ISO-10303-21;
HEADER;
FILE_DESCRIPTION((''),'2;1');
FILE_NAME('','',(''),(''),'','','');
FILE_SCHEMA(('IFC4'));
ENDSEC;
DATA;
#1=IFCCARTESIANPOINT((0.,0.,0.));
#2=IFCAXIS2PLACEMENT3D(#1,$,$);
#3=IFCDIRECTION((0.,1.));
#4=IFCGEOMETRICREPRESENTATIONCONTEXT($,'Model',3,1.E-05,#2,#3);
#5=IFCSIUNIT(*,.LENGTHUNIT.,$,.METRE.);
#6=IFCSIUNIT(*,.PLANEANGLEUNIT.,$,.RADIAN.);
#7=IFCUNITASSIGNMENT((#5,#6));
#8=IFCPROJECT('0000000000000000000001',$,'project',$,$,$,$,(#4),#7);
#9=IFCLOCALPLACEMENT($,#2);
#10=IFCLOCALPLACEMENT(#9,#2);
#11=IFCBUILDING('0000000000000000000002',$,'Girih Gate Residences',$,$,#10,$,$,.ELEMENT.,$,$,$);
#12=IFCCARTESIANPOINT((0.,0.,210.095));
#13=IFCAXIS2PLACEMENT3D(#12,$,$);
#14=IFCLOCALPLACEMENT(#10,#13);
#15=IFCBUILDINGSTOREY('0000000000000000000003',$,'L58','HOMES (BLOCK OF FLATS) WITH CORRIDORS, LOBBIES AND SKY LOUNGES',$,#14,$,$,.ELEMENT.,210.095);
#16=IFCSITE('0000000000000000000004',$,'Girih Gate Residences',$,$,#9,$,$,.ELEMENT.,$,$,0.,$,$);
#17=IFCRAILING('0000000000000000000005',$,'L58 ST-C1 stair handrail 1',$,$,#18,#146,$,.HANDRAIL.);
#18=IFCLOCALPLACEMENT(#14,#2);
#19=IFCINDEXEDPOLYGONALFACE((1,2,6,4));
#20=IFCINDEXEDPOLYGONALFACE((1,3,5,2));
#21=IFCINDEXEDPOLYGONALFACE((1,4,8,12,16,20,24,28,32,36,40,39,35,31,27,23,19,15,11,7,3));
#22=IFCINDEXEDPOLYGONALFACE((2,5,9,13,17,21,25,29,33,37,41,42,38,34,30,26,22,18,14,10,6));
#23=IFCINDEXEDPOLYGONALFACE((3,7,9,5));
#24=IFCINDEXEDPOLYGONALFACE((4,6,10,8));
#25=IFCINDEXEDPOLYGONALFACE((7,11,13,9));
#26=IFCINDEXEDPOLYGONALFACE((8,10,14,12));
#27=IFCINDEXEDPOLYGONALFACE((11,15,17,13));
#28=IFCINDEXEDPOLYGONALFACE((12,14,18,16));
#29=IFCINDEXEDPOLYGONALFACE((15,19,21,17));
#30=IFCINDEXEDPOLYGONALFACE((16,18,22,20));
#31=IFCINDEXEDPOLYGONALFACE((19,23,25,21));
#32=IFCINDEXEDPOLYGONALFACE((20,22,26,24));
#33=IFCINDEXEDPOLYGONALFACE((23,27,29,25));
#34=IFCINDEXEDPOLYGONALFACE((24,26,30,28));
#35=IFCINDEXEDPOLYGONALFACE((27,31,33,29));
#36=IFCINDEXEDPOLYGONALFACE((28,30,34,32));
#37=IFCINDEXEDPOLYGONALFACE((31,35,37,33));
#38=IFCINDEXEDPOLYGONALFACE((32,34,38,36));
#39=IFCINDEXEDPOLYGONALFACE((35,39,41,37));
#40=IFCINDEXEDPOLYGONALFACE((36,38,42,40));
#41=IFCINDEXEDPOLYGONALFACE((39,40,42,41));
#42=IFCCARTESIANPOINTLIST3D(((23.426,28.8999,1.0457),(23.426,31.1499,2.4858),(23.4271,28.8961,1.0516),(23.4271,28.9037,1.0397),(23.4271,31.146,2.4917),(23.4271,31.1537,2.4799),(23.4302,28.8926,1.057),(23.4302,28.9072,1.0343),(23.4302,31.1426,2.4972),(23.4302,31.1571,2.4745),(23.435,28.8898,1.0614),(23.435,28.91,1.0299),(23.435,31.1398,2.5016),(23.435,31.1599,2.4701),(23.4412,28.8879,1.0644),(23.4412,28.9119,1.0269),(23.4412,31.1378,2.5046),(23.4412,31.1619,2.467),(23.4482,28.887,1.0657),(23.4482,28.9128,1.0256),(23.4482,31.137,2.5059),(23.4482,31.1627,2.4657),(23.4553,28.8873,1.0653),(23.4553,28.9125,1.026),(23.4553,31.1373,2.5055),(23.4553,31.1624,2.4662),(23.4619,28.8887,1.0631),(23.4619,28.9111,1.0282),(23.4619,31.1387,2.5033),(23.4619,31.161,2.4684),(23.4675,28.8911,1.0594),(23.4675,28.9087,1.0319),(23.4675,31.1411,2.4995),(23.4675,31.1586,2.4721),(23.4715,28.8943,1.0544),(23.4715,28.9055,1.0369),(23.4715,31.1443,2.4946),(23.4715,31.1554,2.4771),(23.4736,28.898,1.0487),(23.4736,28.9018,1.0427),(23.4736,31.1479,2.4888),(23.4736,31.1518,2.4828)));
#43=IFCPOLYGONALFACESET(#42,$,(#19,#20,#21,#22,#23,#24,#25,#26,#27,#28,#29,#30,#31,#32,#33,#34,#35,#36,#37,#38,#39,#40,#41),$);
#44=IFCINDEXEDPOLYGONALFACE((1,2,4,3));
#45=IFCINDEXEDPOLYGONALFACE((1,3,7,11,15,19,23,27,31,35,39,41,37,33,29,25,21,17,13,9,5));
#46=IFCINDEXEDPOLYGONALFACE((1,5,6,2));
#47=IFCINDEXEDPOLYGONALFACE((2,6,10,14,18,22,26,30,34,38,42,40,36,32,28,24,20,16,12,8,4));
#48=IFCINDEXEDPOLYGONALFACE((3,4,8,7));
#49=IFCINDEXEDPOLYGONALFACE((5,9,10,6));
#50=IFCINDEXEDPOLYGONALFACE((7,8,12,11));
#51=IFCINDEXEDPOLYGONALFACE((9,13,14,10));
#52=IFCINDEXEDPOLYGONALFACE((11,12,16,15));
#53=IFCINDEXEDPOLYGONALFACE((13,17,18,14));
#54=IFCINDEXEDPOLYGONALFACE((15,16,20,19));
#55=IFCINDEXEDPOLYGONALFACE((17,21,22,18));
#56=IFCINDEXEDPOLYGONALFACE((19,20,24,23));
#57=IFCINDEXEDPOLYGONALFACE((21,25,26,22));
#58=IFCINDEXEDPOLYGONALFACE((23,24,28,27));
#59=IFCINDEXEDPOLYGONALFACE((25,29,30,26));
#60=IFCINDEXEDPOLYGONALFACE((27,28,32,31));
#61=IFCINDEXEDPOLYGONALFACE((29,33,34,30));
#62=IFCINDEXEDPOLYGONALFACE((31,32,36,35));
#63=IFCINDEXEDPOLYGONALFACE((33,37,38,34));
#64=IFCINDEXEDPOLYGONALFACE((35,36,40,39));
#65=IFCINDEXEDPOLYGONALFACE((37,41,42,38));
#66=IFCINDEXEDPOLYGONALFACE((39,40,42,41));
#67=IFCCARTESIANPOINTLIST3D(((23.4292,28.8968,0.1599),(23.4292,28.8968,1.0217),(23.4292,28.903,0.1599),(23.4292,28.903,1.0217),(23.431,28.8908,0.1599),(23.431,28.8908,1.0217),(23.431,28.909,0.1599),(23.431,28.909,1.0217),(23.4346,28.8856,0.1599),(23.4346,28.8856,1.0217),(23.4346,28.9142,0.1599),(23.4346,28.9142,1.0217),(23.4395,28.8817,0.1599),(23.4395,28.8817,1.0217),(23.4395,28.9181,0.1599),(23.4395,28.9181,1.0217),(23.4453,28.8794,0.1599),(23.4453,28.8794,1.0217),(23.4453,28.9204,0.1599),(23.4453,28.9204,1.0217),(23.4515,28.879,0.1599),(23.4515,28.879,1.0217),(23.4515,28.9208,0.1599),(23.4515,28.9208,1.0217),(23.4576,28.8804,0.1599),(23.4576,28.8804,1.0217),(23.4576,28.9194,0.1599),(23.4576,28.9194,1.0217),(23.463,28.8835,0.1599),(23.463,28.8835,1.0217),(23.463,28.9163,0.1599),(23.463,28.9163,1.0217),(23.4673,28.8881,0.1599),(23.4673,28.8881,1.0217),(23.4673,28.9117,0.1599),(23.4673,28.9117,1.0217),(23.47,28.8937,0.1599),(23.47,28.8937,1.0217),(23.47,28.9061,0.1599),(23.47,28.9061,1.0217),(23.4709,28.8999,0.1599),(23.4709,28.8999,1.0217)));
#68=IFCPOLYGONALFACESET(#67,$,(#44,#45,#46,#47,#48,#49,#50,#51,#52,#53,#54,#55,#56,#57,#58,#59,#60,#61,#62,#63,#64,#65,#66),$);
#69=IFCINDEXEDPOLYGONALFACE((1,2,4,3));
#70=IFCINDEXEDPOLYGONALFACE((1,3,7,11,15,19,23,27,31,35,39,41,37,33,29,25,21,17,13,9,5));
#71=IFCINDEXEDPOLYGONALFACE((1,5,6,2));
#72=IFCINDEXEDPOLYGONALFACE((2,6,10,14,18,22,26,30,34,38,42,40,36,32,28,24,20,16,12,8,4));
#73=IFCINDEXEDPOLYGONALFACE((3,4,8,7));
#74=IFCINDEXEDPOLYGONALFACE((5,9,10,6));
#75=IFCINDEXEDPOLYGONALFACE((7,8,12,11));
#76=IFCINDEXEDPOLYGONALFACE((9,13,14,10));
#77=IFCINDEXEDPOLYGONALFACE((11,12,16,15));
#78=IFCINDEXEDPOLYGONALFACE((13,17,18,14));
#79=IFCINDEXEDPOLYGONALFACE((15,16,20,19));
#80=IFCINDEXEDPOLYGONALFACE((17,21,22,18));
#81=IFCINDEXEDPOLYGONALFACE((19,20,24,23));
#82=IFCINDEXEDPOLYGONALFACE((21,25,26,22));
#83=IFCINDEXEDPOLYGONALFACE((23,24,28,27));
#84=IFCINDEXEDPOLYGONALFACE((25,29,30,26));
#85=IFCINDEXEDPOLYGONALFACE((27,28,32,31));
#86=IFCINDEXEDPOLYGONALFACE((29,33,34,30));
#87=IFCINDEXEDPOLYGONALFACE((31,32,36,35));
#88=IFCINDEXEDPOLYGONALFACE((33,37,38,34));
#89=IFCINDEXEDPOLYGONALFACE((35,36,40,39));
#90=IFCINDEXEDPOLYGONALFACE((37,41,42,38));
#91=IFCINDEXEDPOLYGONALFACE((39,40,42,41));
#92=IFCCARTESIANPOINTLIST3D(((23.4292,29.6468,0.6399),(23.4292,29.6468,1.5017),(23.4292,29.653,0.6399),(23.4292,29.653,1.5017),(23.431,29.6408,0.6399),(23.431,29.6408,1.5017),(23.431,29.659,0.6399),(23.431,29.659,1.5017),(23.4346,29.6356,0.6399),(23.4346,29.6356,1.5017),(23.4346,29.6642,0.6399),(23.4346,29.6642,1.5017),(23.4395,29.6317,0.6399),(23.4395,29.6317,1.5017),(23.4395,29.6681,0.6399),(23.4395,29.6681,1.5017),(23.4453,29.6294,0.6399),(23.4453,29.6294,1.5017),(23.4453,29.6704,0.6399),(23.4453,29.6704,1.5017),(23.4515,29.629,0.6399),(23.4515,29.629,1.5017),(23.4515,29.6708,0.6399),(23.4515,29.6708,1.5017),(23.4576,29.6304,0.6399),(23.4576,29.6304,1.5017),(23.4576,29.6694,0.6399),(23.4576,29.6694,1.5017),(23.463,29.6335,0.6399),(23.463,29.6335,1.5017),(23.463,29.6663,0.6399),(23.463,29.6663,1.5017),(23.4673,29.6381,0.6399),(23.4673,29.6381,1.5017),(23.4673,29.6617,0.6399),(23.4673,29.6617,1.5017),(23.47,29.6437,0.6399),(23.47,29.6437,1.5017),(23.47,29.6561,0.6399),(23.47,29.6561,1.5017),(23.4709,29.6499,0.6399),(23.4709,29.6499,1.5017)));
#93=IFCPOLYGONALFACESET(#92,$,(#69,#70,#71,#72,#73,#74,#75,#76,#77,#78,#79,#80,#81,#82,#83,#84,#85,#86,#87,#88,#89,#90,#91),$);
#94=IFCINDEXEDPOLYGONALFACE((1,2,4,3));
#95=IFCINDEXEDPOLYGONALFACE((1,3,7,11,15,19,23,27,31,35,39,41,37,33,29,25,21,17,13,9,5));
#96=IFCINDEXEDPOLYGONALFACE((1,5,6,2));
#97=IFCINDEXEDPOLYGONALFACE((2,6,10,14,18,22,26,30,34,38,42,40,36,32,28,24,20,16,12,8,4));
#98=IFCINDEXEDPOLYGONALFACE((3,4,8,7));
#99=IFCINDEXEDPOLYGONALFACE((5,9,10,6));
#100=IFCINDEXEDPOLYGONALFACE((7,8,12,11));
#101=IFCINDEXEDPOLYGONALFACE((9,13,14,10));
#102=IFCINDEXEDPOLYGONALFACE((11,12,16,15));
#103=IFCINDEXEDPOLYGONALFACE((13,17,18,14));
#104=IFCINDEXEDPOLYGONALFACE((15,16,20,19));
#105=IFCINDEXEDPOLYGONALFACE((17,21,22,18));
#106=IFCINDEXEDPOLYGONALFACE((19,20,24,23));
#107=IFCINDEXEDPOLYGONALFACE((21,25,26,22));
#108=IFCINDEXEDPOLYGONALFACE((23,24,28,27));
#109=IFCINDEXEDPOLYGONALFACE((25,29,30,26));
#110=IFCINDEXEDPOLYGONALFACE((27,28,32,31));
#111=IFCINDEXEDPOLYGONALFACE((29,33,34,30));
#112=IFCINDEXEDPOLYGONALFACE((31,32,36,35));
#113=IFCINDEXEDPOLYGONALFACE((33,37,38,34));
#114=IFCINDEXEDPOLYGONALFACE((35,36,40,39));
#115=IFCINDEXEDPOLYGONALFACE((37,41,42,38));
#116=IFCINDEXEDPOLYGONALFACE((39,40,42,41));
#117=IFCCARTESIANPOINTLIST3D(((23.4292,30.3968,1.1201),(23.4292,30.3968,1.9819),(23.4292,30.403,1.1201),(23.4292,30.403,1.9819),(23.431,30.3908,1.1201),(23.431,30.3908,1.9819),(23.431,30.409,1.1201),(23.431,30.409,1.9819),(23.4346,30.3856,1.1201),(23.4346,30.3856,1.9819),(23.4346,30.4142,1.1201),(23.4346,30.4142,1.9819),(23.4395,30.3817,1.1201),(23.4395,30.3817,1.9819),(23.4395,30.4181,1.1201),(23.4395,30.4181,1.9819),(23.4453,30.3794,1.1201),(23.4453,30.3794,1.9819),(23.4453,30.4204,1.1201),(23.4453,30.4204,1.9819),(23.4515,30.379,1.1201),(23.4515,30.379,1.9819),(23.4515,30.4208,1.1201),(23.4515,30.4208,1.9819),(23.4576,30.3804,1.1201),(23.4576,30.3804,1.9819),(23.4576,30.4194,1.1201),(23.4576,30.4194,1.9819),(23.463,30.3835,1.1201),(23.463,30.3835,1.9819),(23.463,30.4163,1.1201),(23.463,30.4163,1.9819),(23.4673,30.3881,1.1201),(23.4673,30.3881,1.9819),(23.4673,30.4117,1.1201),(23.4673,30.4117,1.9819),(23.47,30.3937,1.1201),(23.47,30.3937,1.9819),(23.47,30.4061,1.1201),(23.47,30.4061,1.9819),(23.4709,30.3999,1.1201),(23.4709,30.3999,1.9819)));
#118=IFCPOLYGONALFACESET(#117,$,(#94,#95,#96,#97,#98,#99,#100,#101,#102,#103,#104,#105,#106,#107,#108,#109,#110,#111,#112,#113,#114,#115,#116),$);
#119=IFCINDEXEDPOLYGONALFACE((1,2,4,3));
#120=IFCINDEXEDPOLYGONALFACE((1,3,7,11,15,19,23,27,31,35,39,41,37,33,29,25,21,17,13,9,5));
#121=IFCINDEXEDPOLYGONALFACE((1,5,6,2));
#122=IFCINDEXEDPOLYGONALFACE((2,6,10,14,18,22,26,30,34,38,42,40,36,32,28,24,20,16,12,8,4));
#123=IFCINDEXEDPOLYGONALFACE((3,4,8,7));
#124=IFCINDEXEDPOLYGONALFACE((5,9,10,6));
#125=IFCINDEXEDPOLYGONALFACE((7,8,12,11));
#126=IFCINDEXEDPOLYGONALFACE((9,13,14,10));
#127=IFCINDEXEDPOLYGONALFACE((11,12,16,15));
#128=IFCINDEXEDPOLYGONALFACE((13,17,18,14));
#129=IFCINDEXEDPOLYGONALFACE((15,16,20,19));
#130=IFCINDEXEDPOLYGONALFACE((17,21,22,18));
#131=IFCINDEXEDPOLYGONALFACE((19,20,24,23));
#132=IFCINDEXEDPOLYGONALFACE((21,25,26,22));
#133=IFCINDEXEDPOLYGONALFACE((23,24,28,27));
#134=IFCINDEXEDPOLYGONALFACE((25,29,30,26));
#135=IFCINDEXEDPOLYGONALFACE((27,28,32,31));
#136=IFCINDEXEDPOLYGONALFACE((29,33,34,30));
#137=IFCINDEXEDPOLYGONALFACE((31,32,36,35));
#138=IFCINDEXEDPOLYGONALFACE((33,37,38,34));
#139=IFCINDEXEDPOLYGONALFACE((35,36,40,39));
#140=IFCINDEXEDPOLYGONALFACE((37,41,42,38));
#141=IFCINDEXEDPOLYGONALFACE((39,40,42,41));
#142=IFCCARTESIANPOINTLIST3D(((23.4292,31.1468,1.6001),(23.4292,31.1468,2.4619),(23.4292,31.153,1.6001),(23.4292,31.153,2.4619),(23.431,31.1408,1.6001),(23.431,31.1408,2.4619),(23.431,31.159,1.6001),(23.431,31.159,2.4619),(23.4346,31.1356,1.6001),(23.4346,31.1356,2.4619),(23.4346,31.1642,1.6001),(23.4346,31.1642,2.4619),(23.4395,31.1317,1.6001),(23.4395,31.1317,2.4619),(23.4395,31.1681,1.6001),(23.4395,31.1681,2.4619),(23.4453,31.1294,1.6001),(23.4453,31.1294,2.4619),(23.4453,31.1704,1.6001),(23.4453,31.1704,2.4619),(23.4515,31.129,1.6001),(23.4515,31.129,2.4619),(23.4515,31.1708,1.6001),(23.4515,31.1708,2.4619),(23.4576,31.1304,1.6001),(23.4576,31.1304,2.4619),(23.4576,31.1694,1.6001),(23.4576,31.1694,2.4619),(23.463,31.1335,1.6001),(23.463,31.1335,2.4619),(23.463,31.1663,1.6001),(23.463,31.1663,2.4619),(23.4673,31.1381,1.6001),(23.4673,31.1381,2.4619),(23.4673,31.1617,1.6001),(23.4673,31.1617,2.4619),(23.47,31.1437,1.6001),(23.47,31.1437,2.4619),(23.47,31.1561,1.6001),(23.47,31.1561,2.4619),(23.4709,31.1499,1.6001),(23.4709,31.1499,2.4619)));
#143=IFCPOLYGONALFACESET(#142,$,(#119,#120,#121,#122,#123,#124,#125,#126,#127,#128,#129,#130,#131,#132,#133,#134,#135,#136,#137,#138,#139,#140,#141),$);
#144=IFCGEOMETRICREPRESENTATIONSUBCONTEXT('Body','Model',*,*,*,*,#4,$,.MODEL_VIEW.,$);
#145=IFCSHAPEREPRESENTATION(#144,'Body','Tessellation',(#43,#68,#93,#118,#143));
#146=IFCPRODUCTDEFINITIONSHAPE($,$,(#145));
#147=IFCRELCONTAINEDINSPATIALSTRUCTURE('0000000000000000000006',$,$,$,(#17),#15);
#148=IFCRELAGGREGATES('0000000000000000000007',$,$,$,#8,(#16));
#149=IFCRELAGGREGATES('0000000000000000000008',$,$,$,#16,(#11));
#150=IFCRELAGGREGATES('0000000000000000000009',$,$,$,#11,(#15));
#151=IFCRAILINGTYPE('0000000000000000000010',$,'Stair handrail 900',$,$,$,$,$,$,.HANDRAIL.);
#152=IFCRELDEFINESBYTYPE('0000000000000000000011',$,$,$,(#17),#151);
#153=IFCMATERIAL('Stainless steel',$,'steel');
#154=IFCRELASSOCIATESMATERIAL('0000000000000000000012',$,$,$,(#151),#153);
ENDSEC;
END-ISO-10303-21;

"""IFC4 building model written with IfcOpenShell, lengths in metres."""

from ifc_helpers import new_model, si_unit, direction, frame, origin, origin_2d, place, context, subcontext, project, spatial, circle, extrude, material, type_object, element, save


model = new_model("IFC4")

# Units and contexts
model_context = context("Model", 3, precision=1e-05, world=origin(), true_north=direction((0.0, 1.0)))
body_context = subcontext(model_context, "Body", "Model", "MODEL_VIEW")
ifc_project = project(units=[si_unit("LENGTHUNIT", "METRE"), si_unit("PLANEANGLEUNIT", "RADIAN")], contexts=[model_context])

# Site, building, storey
site_placement = place(None, origin())
site = spatial("IfcSite", under=ifc_project, at=site_placement, Name="Girih Gate Residences", CompositionType="ELEMENT", RefElevation=0.0)
building_placement = place(site_placement, origin())
building = spatial("IfcBuilding", under=site, at=building_placement, Name="Girih Gate Residences", CompositionType="ELEMENT")
storey_placement = place(building_placement, frame((0.0, 0.0, 210.095)))
storey = spatial("IfcBuildingStorey", under=building, at=storey_placement, Name="L58", Description="HOMES (BLOCK OF FLATS) WITH CORRIDORS, LOBBIES AND SKY LOUNGES", CompositionType="ELEMENT", Elevation=210.095)

# Railing
ifc_material_1 = material(Name="Stainless steel", Category="steel")
railing_type_1 = type_object("IfcRailingType", Name="Stair handrail 900", PredefinedType="HANDRAIL", material=ifc_material_1)
railing_1_placement = place(storey_placement, frame((23.45, 28.8999, 0.1599)))
element("IfcRailing", 1, at=railing_1_placement, inside=storey, type_object=railing_type_1, Name="L58 ST-C1 stair handrail 1", PredefinedType="HANDRAIL", context=body_context, shape_type="SweptSolid", body=[
    extrude(circle(Radius=0.0239, at=origin_2d()), frame((0.0, 0.0, 0.8857), z_axis=(0.0, 0.84224, 0.539103), x_axis=(-1.0, 0.0, 0.0)), (0.0, 0.0, 1.0), 2.6714),
    extrude(circle(Radius=0.021, at=origin_2d()), origin(), (0.0, 0.0, 1.0), 0.8618),
    extrude(circle(Radius=0.021, at=origin_2d()), frame((0.0, 0.75, 0.48)), (0.0, 0.0, 1.0), 0.8618),
    extrude(circle(Radius=0.021, at=origin_2d()), frame((0.0, 1.5, 0.9602)), (0.0, 0.0, 1.0), 0.8618),
    extrude(circle(Radius=0.021, at=origin_2d()), frame((0.0, 2.25, 1.4402)), (0.0, 0.0, 1.0), 0.8618),
])

save(model, "model.ifc")
